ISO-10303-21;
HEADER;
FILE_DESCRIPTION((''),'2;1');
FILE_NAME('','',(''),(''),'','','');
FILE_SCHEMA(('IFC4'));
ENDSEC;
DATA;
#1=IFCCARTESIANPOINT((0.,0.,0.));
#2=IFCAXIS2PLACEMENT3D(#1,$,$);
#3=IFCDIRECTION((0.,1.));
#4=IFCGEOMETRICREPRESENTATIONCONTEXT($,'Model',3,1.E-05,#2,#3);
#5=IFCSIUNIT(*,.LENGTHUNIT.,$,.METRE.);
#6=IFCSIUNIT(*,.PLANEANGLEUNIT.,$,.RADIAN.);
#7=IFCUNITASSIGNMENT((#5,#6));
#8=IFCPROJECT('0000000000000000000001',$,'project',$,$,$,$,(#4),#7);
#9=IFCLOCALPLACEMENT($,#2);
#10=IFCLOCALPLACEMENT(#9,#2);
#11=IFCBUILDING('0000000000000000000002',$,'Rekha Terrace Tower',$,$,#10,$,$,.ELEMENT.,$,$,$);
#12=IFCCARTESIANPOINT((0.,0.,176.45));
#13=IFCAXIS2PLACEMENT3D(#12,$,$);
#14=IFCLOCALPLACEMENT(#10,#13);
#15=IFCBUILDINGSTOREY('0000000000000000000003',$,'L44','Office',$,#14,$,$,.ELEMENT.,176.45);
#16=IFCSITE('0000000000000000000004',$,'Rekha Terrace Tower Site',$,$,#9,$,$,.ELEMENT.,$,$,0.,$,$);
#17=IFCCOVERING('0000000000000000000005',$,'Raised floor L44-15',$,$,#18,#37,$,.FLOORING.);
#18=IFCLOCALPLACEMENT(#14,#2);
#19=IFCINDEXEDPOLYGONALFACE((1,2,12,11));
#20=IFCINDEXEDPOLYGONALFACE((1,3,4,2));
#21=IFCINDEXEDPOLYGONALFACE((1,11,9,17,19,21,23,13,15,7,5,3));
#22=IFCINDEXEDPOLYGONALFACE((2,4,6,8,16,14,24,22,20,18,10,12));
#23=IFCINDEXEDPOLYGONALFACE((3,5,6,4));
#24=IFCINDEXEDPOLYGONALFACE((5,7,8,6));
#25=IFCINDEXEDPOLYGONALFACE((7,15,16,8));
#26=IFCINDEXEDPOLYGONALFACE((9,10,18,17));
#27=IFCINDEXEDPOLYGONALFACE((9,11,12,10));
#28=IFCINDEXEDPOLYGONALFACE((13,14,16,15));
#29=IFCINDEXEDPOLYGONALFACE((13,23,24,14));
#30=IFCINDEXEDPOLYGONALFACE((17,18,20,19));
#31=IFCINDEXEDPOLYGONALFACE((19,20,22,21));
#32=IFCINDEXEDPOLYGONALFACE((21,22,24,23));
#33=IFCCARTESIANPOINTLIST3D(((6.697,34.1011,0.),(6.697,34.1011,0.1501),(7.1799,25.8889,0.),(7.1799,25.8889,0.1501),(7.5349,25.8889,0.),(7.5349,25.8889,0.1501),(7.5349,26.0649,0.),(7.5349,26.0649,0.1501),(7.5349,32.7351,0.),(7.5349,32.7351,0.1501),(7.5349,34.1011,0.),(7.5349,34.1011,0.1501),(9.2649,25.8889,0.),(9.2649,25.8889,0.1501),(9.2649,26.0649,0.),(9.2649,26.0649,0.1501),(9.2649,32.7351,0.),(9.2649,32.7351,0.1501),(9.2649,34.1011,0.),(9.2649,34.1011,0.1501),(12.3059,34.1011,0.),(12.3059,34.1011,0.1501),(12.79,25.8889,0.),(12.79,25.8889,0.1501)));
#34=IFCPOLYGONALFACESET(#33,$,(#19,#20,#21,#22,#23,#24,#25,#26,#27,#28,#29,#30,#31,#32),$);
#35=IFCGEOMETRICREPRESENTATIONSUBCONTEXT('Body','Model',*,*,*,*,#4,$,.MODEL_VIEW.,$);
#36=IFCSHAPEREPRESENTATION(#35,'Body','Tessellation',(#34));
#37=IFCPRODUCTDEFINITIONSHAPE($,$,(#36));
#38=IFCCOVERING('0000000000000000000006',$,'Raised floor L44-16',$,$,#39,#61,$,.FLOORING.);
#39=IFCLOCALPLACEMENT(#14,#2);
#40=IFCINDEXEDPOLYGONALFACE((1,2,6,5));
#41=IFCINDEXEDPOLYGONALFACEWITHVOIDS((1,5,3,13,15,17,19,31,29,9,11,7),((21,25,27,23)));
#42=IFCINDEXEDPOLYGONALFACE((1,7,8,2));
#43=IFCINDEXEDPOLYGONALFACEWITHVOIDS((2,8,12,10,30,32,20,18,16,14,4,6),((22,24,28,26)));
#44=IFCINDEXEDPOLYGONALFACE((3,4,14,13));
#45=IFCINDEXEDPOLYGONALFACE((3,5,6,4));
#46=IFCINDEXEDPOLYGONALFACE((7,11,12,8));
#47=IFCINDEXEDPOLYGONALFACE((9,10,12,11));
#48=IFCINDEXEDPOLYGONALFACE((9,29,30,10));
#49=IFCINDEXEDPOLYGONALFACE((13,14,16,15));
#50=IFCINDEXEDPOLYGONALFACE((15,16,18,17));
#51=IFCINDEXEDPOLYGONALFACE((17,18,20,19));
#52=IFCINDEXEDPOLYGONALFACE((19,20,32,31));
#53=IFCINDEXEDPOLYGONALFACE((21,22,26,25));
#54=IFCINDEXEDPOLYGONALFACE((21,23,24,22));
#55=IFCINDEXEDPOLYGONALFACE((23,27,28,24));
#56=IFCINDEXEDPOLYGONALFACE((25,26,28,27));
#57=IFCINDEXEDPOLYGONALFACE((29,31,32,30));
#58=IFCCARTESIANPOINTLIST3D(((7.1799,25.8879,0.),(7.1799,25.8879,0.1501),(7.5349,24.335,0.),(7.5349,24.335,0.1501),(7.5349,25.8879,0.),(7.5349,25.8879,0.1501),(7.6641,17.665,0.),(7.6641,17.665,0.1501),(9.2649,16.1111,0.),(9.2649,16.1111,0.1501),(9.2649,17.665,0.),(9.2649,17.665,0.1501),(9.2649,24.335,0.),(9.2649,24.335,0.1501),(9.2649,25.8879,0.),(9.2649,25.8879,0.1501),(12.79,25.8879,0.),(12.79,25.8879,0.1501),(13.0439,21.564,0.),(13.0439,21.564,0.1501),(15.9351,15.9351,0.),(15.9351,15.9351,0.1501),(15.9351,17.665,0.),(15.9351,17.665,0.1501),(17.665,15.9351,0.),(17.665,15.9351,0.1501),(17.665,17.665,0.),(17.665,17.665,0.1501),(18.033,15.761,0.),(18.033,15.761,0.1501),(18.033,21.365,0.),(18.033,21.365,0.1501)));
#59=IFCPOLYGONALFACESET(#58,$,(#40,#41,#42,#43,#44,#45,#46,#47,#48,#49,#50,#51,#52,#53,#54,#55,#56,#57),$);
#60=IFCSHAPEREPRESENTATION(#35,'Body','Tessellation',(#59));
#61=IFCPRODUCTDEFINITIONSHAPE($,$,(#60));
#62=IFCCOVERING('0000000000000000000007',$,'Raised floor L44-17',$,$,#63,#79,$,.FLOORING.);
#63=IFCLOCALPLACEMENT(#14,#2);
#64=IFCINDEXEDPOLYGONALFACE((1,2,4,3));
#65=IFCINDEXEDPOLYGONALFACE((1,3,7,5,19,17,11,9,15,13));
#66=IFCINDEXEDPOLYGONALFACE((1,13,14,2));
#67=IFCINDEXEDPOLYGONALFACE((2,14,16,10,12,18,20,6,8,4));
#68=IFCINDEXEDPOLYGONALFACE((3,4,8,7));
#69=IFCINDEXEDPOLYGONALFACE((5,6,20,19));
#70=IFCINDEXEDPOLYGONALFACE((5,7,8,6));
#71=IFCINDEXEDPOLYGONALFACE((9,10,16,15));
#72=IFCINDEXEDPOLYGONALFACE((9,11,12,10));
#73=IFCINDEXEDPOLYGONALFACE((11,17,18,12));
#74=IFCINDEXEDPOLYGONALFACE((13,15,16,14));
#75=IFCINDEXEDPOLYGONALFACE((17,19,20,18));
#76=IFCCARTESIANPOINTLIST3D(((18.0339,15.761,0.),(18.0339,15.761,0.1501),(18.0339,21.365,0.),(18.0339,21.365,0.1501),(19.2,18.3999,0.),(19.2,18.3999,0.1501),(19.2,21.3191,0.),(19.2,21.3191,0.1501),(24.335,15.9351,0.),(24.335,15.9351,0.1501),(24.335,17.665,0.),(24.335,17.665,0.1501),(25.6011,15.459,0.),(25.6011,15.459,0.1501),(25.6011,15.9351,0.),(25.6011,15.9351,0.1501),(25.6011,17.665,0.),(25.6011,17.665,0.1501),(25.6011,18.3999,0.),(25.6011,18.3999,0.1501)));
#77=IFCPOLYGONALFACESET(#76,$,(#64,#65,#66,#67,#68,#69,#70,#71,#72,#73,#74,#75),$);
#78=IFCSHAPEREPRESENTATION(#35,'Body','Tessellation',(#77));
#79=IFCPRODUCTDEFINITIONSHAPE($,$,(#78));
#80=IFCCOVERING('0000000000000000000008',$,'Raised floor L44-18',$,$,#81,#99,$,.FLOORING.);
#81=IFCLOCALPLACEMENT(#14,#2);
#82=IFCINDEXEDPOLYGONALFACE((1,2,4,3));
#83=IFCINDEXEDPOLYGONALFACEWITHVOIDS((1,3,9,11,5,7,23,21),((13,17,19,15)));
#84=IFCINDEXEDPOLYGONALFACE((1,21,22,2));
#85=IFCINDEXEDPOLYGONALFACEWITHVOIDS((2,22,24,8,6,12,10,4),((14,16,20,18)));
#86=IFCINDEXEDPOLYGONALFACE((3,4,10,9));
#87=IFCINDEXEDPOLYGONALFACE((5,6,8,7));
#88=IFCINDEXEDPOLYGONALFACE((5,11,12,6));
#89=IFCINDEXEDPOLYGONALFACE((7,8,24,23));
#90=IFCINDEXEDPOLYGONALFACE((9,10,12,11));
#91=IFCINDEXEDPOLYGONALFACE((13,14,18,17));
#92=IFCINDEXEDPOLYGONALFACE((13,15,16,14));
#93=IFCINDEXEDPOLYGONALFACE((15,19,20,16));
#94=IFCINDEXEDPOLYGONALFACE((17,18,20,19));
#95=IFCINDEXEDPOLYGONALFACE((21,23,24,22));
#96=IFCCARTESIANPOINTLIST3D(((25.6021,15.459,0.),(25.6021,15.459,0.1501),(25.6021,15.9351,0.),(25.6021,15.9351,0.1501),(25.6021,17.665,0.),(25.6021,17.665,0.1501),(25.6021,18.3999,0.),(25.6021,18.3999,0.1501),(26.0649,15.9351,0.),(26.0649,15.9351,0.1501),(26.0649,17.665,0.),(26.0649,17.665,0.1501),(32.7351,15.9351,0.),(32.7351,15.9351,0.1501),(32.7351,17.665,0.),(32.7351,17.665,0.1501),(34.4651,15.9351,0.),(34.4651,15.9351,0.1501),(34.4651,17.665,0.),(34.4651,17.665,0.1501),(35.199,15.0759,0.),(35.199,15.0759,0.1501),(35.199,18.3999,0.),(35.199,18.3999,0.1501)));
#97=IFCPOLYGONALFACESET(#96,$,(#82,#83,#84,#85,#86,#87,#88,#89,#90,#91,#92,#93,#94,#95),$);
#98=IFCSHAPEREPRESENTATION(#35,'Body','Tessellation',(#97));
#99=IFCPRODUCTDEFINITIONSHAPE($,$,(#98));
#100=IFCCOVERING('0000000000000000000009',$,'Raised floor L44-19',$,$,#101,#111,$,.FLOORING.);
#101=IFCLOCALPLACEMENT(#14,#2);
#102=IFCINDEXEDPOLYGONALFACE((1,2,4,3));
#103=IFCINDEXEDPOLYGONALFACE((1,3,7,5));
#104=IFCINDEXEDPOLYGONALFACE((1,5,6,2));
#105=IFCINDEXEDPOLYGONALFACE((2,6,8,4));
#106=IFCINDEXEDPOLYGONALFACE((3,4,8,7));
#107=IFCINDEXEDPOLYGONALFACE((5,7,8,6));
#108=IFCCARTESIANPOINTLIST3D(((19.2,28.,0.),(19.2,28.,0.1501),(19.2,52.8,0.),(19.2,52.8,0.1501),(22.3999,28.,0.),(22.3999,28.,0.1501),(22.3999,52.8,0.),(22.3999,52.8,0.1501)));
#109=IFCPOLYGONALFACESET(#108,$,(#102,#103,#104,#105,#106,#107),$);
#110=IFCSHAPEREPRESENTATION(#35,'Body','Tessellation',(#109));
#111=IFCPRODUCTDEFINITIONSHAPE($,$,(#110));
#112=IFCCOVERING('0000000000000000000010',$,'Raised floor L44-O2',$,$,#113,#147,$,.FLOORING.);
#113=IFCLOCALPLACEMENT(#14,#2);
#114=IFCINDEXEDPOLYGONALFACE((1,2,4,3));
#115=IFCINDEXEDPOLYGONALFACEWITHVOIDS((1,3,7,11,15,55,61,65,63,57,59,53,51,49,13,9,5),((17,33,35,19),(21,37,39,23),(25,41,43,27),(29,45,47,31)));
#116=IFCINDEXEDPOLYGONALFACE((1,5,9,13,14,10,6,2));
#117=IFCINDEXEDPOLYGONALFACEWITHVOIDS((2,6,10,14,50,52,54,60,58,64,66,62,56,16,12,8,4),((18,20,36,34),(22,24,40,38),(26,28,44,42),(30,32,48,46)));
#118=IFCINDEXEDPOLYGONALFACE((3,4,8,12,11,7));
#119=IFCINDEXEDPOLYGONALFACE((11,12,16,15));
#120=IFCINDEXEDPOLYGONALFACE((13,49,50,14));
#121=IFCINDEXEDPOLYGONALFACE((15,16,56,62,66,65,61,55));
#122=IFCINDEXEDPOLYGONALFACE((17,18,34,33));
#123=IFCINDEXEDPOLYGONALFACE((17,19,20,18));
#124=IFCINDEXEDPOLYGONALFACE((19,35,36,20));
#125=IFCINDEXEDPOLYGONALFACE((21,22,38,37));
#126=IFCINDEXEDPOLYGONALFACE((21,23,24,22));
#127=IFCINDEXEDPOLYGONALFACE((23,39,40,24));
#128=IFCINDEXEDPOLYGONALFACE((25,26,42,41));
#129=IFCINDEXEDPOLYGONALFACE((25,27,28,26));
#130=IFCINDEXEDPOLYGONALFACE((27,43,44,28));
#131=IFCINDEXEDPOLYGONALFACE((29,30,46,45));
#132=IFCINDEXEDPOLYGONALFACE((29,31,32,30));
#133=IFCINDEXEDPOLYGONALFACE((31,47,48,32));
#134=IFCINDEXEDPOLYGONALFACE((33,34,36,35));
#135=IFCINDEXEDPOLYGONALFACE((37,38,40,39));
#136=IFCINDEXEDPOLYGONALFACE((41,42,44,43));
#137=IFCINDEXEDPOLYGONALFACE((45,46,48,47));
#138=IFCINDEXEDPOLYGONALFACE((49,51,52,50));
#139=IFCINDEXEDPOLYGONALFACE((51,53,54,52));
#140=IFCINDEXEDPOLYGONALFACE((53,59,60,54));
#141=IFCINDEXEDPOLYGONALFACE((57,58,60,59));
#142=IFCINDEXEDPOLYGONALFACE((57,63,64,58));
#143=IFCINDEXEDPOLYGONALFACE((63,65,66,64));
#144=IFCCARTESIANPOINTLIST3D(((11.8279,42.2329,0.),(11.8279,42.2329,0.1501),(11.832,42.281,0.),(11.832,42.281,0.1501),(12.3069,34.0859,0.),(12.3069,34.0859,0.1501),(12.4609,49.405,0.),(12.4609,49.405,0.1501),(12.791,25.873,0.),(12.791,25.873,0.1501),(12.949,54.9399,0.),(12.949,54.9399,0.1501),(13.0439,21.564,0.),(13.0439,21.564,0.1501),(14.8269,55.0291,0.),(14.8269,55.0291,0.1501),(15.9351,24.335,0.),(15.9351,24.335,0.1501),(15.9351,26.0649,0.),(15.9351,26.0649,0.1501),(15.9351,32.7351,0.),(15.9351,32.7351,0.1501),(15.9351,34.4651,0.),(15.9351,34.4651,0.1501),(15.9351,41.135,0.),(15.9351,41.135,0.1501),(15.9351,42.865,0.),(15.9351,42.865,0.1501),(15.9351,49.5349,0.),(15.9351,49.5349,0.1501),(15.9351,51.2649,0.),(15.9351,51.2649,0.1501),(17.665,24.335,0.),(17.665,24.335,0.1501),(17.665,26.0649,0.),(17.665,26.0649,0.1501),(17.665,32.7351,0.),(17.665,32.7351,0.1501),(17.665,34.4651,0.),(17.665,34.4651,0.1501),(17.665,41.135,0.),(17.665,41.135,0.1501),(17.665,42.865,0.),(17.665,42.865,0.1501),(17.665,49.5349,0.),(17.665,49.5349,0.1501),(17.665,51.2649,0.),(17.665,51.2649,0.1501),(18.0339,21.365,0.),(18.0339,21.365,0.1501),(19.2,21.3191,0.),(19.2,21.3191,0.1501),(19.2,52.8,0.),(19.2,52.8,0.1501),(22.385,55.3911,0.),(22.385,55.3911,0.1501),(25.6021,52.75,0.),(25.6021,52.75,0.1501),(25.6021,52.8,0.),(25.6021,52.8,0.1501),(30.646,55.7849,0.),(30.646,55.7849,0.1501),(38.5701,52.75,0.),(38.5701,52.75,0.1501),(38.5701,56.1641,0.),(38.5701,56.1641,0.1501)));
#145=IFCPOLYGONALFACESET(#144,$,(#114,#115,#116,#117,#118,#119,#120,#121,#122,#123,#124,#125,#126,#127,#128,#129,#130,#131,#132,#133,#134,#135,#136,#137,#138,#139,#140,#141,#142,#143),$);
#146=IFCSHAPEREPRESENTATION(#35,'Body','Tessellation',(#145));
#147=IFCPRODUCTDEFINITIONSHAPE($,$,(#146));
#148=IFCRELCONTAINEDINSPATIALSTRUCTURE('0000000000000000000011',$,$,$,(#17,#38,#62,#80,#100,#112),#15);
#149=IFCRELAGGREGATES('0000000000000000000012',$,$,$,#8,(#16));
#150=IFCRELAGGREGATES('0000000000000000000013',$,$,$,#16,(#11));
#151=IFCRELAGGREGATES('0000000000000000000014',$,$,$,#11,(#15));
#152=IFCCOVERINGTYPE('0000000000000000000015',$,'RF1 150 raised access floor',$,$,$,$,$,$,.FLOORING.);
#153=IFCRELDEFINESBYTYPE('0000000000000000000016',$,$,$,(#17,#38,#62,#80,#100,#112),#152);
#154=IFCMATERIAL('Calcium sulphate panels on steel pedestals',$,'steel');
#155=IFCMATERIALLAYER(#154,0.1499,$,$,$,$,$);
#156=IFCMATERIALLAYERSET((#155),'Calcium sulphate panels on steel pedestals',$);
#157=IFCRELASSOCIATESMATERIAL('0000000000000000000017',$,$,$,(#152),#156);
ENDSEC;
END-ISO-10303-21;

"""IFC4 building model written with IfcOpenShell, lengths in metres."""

from ifc_helpers import new_model, si_unit, direction, frame, origin, place, context, subcontext, project, spatial, polyline, outline, extrude, material, layer, layer_set, type_object, element, save


model = new_model("IFC4")

# Units and contexts
model_context = context("Model", 3, precision=1e-05, world=origin(), true_north=direction((0.0, 1.0)))
body_context = subcontext(model_context, "Body", "Model", "MODEL_VIEW")
ifc_project = project(units=[si_unit("LENGTHUNIT", "METRE"), si_unit("PLANEANGLEUNIT", "RADIAN")], contexts=[model_context])

# Site, building, storey
site_placement = place(None, origin())
site = spatial("IfcSite", under=ifc_project, at=site_placement, Name="Rekha Terrace Tower Site", CompositionType="ELEMENT", RefElevation=0.0)
building_placement = place(site_placement, origin())
building = spatial("IfcBuilding", under=site, at=building_placement, Name="Rekha Terrace Tower", CompositionType="ELEMENT")
storey_placement = place(building_placement, frame((0.0, 0.0, 176.45)))
storey = spatial("IfcBuildingStorey", under=building, at=storey_placement, Name="L44", Description="Office", CompositionType="ELEMENT", Elevation=176.45)

# Coverings
ifc_material_1 = material(Name="Calcium sulphate panels on steel pedestals", Category="steel")
ifc_layer_1 = layer(ifc_material_1, 0.1499)
ifc_layer_set_1 = layer_set([ifc_layer_1], Name="Calcium sulphate panels on steel pedestals")
covering_type_1 = type_object("IfcCoveringType", Name="RF1 150 raised access floor", PredefinedType="FLOORING", material=ifc_layer_set_1)
covering_1_placement = place(storey_placement, origin())
element("IfcCovering", 1, at=covering_1_placement, inside=storey, type_object=covering_type_1, Name="Raised floor L44-15", PredefinedType="FLOORING", context=body_context, shape_type="SweptSolid", body=[
    extrude(outline(polyline([(9.2649, 25.8889), (12.79, 25.8889), (12.3059, 34.1011), (9.2649, 34.1011), (9.2649, 32.7351), (7.5349, 32.7351), (7.5349, 34.1011), (6.697, 34.1011), (7.1799, 25.8889), (7.5349, 25.8889), (7.5349, 26.0649), (9.2649, 26.0649), (9.2649, 25.8889)])), origin(), (0.0, 0.0, 1.0), 0.1501),
])
covering_2_placement = place(storey_placement, origin())
element("IfcCovering", 2, at=covering_2_placement, inside=storey, type_object=covering_type_1, Name="Raised floor L44-16", PredefinedType="FLOORING", context=body_context, shape_type="SweptSolid", body=[
    extrude(outline(polyline([(7.5349, 24.335), (7.5349, 25.8879), (7.1799, 25.8879), (7.6641, 17.665), (9.2649, 17.665), (9.2649, 16.1111), (18.033, 15.761), (18.033, 21.365), (13.0439, 21.564), (12.79, 25.8879), (9.2649, 25.8879), (9.2649, 24.335), (7.5349, 24.335)]), holes=[polyline([(17.665, 17.665), (17.665, 15.9351), (15.9351, 15.9351), (15.9351, 17.665), (17.665, 17.665)])]), origin(), (0.0, 0.0, 1.0), 0.1501),
])
covering_3_placement = place(storey_placement, origin())
element("IfcCovering", 3, at=covering_3_placement, inside=storey, type_object=covering_type_1, Name="Raised floor L44-17", PredefinedType="FLOORING", context=body_context, shape_type="SweptSolid", body=[
    extrude(outline(polyline([(24.335, 17.665), (25.6011, 17.665), (25.6011, 18.3999), (19.2, 18.3999), (19.2, 21.3191), (18.0339, 21.365), (18.0339, 15.761), (25.6011, 15.459), (25.6011, 15.9351), (24.335, 15.9351), (24.335, 17.665)])), origin(), (0.0, 0.0, 1.0), 0.1501),
])
covering_4_placement = place(storey_placement, origin())
element("IfcCovering", 4, at=covering_4_placement, inside=storey, type_object=covering_type_1, Name="Raised floor L44-18", PredefinedType="FLOORING", context=body_context, shape_type="SweptSolid", body=[
    extrude(outline(polyline([(25.6021, 15.9351), (25.6021, 15.459), (35.199, 15.0759), (35.199, 18.3999), (25.6021, 18.3999), (25.6021, 17.665), (26.0649, 17.665), (26.0649, 15.9351), (25.6021, 15.9351)]), holes=[polyline([(34.4651, 15.9351), (32.7351, 15.9351), (32.7351, 17.665), (34.4651, 17.665), (34.4651, 15.9351)])]), origin(), (0.0, 0.0, 1.0), 0.1501),
])
covering_5_placement = place(storey_placement, origin())
element("IfcCovering", 5, at=covering_5_placement, inside=storey, type_object=covering_type_1, Name="Raised floor L44-19", PredefinedType="FLOORING", context=body_context, shape_type="SweptSolid", body=[
    extrude(outline(polyline([(19.2, 52.8), (19.2, 28.0), (22.3999, 28.0), (22.3999, 52.8), (19.2, 52.8)])), origin(), (0.0, 0.0, 1.0), 0.1501),
])
covering_6_placement = place(storey_placement, origin())
element("IfcCovering", 6, at=covering_6_placement, inside=storey, type_object=covering_type_1, Name="Raised floor L44-O2", PredefinedType="FLOORING", context=body_context, shape_type="SweptSolid", body=[
    extrude(outline(polyline([(12.4609, 49.405), (11.832, 42.281), (11.8279, 42.2329), (12.3069, 34.0859), (12.791, 25.873), (13.0439, 21.564), (18.0339, 21.365), (19.2, 21.3191), (19.2, 52.8), (25.6021, 52.8), (25.6021, 52.75), (38.5701, 52.75), (38.5701, 56.1641), (30.646, 55.7849), (22.385, 55.3911), (14.8269, 55.0291), (12.949, 54.9399), (12.4609, 49.405)]), holes=[polyline([(17.665, 24.335), (15.9351, 24.335), (15.9351, 26.0649), (17.665, 26.0649), (17.665, 24.335)]), polyline([(17.665, 32.7351), (15.9351, 32.7351), (15.9351, 34.4651), (17.665, 34.4651), (17.665, 32.7351)]), polyline([(17.665, 42.865), (17.665, 41.135), (15.9351, 41.135), (15.9351, 42.865), (17.665, 42.865)]), polyline([(17.665, 51.2649), (17.665, 49.5349), (15.9351, 49.5349), (15.9351, 51.2649), (17.665, 51.2649)])]), origin(), (0.0, 0.0, 1.0), 0.1501),
])

save(model, "model.ifc")
